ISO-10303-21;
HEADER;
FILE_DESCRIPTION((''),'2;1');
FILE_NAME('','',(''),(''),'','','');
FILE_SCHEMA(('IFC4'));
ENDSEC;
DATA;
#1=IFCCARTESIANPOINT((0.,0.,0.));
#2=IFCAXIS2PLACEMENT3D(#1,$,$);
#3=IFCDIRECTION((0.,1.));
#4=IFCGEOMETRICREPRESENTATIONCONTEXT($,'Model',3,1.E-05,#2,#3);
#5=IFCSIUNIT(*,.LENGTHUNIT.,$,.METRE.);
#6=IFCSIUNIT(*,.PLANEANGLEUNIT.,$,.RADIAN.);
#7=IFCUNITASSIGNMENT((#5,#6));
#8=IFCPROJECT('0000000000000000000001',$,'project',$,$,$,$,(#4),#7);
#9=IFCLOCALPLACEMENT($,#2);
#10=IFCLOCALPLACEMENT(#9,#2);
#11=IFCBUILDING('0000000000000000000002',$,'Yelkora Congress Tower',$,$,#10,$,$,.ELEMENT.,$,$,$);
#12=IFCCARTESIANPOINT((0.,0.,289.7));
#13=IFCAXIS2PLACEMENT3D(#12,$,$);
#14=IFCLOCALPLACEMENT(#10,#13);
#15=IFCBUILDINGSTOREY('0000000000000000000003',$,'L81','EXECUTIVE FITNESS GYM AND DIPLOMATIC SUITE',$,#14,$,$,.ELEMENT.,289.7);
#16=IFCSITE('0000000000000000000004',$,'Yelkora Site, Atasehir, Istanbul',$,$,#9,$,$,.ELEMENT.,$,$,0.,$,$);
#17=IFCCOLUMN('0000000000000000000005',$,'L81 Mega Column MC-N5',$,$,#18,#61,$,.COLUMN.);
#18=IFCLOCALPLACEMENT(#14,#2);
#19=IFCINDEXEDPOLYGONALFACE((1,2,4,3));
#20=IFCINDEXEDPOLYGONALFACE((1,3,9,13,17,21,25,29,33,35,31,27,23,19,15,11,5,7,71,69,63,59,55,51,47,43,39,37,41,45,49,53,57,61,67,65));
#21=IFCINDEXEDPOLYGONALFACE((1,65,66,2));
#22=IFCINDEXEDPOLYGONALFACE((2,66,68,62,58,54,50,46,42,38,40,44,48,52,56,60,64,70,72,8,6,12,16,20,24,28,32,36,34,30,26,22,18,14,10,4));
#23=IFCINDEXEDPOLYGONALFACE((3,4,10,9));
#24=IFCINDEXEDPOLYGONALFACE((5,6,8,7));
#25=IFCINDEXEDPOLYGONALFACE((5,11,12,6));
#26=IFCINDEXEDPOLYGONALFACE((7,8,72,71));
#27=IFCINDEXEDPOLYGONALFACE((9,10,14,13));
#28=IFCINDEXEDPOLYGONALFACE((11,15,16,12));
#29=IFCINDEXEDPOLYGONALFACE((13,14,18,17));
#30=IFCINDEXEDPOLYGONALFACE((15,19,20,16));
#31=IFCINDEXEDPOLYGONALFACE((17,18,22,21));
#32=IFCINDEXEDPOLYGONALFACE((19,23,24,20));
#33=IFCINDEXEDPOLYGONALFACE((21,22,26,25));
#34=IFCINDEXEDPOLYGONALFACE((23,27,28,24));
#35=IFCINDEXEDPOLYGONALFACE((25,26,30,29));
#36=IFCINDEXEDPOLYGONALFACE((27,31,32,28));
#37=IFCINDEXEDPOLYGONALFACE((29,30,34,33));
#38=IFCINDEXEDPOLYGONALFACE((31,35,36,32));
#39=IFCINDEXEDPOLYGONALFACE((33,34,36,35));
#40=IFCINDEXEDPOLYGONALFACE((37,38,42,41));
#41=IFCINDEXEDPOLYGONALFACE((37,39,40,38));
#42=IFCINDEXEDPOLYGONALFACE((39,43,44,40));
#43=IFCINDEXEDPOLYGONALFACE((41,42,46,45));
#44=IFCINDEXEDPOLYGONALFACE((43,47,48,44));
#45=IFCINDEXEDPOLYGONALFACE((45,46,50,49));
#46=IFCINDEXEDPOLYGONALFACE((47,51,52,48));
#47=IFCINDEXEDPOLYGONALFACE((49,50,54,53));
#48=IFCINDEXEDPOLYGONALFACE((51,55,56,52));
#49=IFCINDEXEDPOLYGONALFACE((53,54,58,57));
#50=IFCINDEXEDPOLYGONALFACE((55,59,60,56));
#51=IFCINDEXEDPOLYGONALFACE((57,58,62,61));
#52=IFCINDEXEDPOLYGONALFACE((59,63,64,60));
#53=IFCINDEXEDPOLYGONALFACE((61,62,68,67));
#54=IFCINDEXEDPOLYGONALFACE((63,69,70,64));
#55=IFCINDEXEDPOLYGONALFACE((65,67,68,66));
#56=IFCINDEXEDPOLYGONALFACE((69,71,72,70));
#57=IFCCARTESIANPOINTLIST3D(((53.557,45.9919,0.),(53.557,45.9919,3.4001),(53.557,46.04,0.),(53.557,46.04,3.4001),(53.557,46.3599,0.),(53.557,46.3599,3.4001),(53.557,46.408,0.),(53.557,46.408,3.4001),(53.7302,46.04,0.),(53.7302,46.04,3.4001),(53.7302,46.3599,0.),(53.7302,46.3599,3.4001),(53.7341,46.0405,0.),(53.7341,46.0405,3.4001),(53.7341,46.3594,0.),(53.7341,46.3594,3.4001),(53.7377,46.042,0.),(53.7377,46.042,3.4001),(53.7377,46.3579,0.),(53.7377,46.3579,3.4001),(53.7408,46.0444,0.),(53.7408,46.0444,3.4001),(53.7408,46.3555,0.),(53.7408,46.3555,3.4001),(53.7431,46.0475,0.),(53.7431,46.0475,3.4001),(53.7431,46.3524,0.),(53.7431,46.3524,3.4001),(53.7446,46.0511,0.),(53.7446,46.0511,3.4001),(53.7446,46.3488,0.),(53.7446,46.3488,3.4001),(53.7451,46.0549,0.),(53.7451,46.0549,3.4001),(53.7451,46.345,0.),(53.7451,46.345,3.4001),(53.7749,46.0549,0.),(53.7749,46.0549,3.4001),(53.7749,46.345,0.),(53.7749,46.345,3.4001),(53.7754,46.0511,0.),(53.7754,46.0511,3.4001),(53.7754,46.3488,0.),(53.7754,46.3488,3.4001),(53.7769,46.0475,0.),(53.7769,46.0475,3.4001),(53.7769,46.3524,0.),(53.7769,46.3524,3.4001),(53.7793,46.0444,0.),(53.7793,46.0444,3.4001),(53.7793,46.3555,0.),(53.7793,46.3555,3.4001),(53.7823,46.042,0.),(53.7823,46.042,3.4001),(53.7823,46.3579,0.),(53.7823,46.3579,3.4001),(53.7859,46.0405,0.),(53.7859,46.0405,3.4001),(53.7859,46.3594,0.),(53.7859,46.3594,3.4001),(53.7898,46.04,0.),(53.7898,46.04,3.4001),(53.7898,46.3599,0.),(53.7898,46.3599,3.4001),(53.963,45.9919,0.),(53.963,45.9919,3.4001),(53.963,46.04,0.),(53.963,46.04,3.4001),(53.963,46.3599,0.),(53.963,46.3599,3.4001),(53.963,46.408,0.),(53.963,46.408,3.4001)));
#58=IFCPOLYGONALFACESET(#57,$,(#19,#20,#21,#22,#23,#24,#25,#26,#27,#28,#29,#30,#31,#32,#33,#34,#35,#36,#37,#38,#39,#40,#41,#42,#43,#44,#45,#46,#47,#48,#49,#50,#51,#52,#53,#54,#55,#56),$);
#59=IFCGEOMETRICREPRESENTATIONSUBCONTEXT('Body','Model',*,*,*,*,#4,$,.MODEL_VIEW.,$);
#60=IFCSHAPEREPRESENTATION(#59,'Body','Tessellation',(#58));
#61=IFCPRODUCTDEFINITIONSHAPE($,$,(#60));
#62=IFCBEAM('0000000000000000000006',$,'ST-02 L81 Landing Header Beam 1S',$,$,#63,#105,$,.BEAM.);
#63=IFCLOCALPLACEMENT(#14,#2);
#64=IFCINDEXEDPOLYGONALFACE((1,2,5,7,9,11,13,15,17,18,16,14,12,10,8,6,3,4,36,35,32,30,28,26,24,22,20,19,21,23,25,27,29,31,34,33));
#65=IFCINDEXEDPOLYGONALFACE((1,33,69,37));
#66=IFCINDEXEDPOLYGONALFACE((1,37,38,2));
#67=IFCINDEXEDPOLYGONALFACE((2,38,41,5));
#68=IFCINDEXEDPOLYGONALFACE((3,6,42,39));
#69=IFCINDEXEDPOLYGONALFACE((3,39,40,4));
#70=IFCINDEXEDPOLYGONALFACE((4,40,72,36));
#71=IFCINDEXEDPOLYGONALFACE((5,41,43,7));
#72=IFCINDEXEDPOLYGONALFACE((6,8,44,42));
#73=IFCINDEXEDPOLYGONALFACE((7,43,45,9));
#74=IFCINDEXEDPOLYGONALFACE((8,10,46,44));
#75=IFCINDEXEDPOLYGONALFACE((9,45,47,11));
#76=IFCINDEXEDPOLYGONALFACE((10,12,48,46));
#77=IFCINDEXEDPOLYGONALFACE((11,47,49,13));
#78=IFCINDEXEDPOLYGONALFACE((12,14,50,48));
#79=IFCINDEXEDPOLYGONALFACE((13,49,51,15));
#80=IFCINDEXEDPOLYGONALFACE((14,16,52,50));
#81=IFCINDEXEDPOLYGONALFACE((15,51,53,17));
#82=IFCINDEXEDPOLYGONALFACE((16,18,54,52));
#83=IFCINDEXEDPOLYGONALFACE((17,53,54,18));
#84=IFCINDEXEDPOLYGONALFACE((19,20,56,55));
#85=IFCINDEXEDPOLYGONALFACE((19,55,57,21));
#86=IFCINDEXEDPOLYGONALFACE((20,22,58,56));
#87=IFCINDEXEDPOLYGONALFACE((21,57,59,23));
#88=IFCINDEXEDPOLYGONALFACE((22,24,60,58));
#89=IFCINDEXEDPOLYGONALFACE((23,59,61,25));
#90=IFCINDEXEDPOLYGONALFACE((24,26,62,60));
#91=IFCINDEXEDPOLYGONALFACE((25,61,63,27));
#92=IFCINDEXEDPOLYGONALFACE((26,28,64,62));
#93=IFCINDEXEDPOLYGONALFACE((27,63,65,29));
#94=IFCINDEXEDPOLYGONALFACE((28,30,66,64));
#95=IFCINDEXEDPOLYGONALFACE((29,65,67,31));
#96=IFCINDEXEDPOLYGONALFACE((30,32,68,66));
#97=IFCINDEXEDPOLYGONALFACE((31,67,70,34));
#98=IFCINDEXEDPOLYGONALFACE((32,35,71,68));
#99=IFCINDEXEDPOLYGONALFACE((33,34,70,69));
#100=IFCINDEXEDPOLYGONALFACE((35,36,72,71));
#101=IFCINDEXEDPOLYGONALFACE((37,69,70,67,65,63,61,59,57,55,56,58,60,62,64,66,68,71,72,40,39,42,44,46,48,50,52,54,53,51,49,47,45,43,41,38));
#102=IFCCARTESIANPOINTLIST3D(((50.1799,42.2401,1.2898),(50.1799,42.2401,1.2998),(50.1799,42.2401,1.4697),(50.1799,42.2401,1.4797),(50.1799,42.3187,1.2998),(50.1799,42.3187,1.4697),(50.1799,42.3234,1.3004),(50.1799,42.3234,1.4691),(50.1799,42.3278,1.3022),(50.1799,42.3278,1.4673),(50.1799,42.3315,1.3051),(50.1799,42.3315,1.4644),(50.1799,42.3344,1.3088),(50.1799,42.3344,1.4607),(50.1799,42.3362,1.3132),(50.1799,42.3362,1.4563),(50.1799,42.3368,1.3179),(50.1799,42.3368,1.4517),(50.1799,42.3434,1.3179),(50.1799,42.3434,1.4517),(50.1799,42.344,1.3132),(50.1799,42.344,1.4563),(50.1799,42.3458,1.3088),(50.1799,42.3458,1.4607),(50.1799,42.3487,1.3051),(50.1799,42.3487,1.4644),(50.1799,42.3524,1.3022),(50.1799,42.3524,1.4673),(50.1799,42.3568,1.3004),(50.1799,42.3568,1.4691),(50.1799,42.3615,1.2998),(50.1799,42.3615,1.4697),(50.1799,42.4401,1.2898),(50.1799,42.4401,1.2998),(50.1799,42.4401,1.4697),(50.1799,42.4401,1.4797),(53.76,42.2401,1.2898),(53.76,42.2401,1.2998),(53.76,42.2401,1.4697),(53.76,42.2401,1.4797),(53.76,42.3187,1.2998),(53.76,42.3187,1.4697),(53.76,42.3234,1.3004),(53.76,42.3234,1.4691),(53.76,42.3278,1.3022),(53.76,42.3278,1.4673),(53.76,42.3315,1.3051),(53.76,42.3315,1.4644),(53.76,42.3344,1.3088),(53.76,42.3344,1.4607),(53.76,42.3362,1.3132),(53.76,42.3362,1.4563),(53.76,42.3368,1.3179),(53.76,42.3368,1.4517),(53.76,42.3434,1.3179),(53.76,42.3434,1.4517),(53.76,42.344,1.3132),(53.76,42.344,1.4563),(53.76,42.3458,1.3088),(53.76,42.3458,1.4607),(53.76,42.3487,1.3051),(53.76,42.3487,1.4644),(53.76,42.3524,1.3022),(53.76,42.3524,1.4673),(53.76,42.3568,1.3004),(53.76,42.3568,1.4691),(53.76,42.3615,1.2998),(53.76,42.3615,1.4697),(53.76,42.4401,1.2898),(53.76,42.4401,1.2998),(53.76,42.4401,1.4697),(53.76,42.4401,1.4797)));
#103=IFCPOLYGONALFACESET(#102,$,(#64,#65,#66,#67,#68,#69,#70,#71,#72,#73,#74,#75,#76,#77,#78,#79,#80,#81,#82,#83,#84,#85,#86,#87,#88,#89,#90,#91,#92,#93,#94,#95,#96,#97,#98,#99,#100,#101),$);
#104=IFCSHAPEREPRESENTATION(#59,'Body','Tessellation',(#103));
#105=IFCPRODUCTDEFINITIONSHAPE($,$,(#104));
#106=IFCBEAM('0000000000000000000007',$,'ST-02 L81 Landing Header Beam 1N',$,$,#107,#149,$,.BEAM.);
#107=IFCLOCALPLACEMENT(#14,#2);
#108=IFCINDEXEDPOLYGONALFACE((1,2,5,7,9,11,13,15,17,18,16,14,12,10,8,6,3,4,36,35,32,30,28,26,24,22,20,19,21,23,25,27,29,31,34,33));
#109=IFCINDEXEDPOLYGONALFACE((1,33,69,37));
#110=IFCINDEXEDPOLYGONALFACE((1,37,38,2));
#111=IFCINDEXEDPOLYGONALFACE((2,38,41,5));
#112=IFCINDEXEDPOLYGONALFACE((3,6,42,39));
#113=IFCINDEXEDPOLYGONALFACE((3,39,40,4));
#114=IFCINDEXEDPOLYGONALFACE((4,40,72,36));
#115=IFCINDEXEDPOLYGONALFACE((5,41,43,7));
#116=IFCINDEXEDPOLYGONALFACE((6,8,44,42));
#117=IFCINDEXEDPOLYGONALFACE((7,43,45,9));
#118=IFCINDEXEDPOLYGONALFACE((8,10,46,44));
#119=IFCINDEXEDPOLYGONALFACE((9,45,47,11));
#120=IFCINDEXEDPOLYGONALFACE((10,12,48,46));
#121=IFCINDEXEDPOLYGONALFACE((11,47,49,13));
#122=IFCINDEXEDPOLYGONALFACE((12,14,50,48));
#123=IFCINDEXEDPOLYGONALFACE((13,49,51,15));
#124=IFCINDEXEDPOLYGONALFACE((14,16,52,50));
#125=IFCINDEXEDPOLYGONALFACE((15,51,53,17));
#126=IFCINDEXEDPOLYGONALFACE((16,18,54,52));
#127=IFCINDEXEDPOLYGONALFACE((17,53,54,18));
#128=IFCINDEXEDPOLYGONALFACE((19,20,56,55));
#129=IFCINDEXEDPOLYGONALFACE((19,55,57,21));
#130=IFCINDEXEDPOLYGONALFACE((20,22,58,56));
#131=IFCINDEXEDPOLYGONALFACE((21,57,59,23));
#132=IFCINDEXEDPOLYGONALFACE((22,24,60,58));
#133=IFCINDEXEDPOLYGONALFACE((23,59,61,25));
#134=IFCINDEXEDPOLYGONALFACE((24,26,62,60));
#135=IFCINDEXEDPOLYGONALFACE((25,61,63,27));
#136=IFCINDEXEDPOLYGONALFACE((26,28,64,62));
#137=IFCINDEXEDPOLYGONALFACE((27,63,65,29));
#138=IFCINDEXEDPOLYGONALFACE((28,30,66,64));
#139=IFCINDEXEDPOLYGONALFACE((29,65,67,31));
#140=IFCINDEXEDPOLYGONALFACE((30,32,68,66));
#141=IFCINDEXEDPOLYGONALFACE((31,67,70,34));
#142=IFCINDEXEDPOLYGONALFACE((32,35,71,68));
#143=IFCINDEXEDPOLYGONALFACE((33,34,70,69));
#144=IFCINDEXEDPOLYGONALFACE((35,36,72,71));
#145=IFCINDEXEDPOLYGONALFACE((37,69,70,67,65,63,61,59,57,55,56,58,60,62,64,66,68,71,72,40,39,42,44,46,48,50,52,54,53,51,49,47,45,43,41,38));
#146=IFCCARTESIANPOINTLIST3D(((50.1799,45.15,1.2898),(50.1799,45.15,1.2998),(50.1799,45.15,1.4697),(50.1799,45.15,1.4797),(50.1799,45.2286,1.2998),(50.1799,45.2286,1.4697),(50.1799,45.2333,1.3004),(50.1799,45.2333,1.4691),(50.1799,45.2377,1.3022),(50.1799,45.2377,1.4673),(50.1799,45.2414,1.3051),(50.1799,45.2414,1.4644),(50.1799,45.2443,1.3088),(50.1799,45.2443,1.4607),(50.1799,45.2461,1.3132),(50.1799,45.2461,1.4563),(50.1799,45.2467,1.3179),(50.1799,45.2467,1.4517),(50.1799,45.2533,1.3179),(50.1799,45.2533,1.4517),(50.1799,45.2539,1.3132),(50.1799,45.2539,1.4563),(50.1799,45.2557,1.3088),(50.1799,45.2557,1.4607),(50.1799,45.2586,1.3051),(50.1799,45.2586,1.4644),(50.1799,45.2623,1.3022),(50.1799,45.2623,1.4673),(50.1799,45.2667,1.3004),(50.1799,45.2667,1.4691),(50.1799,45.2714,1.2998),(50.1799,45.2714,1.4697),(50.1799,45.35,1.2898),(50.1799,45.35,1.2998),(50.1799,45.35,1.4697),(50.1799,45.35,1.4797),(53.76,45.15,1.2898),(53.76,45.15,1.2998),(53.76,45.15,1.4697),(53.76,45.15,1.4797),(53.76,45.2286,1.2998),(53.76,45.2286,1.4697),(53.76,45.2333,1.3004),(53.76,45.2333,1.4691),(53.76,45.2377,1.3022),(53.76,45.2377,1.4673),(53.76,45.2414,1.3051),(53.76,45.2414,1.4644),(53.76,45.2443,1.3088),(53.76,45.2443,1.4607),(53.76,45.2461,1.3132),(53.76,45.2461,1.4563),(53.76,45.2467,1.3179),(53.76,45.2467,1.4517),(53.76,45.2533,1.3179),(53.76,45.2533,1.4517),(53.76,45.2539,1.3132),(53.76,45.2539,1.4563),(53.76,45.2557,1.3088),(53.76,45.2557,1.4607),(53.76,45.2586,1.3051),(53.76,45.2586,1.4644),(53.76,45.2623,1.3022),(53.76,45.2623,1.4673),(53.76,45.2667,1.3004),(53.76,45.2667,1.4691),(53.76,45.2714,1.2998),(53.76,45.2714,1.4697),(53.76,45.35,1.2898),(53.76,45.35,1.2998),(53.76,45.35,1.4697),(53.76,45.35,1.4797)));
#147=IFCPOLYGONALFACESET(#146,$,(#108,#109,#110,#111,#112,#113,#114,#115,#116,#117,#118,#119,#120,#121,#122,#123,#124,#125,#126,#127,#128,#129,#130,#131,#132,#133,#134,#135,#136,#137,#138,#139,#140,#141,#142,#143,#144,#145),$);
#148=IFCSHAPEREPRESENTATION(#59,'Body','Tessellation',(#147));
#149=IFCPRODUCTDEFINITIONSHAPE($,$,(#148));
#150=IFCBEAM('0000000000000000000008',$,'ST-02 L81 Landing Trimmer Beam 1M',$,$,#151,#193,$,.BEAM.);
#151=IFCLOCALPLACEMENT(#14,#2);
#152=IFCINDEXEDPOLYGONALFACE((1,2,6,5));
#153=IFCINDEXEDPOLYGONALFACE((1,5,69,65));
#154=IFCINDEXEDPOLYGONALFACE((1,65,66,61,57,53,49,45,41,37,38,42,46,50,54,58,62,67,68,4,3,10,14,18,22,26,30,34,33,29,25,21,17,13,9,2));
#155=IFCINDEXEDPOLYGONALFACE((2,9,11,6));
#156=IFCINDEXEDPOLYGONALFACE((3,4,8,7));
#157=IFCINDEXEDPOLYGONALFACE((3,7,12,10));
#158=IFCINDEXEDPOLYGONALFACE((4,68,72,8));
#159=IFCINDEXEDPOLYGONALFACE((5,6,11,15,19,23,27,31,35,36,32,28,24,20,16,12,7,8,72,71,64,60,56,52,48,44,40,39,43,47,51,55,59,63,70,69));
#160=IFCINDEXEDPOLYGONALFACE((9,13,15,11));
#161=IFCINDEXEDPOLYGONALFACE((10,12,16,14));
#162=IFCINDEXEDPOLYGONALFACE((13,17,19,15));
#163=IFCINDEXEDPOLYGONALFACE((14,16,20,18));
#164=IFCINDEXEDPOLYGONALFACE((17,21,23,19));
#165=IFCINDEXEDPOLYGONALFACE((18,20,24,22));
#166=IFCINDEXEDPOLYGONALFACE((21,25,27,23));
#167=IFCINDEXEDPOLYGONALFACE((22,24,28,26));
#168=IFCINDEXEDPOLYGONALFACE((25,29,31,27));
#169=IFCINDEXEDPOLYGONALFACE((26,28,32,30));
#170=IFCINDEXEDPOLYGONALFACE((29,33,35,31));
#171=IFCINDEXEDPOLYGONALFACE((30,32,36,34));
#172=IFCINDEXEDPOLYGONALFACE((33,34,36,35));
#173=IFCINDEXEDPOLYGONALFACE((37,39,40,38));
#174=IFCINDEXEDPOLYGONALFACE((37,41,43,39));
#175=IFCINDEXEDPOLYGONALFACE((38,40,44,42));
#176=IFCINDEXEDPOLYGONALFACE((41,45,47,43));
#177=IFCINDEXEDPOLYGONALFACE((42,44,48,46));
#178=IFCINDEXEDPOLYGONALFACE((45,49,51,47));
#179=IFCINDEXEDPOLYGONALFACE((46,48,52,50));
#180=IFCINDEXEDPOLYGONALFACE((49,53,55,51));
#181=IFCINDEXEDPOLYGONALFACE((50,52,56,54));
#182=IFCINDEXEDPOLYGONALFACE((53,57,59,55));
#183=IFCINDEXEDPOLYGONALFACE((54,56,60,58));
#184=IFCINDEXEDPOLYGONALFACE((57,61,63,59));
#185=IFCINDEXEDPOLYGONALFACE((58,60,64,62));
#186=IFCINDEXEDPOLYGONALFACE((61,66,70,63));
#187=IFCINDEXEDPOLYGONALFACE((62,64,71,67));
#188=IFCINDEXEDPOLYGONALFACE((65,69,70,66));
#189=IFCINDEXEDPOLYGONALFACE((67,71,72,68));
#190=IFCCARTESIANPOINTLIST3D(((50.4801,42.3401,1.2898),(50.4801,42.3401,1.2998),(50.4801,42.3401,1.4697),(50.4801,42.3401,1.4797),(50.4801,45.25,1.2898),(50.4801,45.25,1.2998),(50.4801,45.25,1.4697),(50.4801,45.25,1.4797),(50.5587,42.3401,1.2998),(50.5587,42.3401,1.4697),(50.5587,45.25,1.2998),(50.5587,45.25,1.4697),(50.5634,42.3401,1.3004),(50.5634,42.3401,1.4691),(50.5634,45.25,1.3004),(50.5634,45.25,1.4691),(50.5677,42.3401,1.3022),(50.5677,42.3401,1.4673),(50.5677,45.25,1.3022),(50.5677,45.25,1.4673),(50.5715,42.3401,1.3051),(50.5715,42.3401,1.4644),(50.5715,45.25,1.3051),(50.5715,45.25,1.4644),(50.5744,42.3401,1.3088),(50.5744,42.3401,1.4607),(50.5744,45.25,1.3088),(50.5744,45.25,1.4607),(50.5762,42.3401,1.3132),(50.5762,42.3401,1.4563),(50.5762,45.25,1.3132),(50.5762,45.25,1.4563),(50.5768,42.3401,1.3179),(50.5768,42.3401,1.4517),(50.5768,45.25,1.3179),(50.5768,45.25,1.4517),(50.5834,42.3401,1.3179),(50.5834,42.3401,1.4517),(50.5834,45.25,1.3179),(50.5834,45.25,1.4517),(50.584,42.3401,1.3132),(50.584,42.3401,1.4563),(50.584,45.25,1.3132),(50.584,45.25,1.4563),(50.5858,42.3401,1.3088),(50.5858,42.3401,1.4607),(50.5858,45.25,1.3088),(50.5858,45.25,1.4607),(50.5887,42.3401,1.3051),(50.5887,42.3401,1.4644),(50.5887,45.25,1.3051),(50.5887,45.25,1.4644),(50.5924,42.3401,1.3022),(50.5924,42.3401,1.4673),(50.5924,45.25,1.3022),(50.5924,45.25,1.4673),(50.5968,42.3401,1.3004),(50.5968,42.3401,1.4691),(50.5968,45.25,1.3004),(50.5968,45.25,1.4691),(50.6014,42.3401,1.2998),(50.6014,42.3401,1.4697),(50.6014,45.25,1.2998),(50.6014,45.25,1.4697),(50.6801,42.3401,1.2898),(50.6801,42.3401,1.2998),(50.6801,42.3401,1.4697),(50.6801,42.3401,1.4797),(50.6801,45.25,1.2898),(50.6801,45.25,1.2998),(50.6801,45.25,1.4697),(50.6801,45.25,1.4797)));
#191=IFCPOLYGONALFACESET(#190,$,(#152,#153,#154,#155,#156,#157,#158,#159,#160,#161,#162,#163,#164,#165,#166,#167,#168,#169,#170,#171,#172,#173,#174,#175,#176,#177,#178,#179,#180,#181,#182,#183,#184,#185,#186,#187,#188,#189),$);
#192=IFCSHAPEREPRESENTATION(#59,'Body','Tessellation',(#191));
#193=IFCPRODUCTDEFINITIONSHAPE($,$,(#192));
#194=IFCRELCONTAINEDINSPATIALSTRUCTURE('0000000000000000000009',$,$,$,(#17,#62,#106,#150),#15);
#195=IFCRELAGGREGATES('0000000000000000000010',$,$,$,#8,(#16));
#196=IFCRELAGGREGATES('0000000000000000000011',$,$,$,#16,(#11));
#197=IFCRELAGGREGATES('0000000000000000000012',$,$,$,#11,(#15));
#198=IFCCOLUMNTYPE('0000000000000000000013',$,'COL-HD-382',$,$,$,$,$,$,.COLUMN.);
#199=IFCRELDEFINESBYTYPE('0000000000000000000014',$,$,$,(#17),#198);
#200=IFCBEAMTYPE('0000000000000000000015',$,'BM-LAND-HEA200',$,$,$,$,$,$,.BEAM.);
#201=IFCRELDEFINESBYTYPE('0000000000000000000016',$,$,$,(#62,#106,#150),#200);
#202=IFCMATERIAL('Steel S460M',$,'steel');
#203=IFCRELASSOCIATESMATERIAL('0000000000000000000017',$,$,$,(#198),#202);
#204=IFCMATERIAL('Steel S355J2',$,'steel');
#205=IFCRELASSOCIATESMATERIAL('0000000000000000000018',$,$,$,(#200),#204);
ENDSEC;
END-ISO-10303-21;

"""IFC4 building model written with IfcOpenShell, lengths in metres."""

from ifc_helpers import new_model, si_unit, direction, frame, origin, origin_2d, place, context, subcontext, project, spatial, i_section, extrude, material, material_profile, profile_set, type_object, element, save


model = new_model("IFC4")

# Units and contexts
model_context = context("Model", 3, precision=1e-05, world=origin(), true_north=direction((0.0, 1.0)))
body_context = subcontext(model_context, "Body", "Model", "MODEL_VIEW")
ifc_project = project(units=[si_unit("LENGTHUNIT", "METRE"), si_unit("PLANEANGLEUNIT", "RADIAN")], contexts=[model_context])

# Site, building, storey
site_placement = place(None, origin())
site = spatial("IfcSite", under=ifc_project, at=site_placement, Name="Yelkora Site, Atasehir, Istanbul", CompositionType="ELEMENT", RefElevation=0.0)
building_placement = place(site_placement, origin())
building = spatial("IfcBuilding", under=site, at=building_placement, Name="Yelkora Congress Tower", CompositionType="ELEMENT")
storey_placement = place(building_placement, frame((0.0, 0.0, 289.7)))
storey = spatial("IfcBuildingStorey", under=building, at=storey_placement, Name="L81", Description="EXECUTIVE FITNESS GYM AND DIPLOMATIC SUITE", CompositionType="ELEMENT", Elevation=289.7)

# Column
ifc_material_1 = material(Name="Steel S460M", Category="steel")
ifc_material_profile_1 = material_profile(ifc_material_1, i_section(OverallWidth=0.406, OverallDepth=0.416, WebThickness=0.0298, FlangeThickness=0.0481, FilletRadius=0.0149, at=origin_2d()), Name="HD 400x382")
ifc_profile_set_1 = profile_set([ifc_material_profile_1], Name="Steel S460M")
column_type = type_object("IfcColumnType", Name="COL-HD-382", PredefinedType="COLUMN", material=ifc_profile_set_1)
column_placement = place(storey_placement, frame((53.76, 46.2, 0.0), z_axis=(0.0, 0.0, 1.0), x_axis=(1.0, 0.0, 0.0)))
element("IfcColumn", 1, at=column_placement, inside=storey, type_object=column_type, Name="L81 Mega Column MC-N5", PredefinedType="COLUMN", context=body_context, shape_type="SweptSolid", body=[
    extrude(i_section(OverallWidth=0.406, OverallDepth=0.416, WebThickness=0.0298, FlangeThickness=0.0481, FilletRadius=0.0149, at=origin_2d()), origin(), (0.0, 0.0, 1.0), 3.4001),
])

# Beams
ifc_material_2 = material(Name="Steel S355J2", Category="steel")
ifc_material_profile_2 = material_profile(ifc_material_2, i_section(OverallWidth=0.2, OverallDepth=0.1899, WebThickness=0.0066, FlangeThickness=0.01, FilletRadius=0.0181, at=origin_2d()), Name="HEA 200")
ifc_profile_set_2 = profile_set([ifc_material_profile_2], Name="Steel S355J2")
beam_type = type_object("IfcBeamType", Name="BM-LAND-HEA200", PredefinedType="BEAM", material=ifc_profile_set_2)
for number, where, z_axis, x_axis, name in (
    (2, (50.1799, 42.3401, 1.3848), (1.0, 0.0, 0.0), (0.0, 1.0, 0.0), "ST-02 L81 Landing Header Beam 1S"),
    (3, (50.1799, 45.25, 1.3848), (1.0, 0.0, 0.0), (0.0, 1.0, 0.0), "ST-02 L81 Landing Header Beam 1N"),
):
    element("IfcBeam", number, at=place(storey_placement, frame(where, z_axis=z_axis, x_axis=x_axis)), inside=storey, type_object=beam_type, Name=name, PredefinedType="BEAM", context=body_context, shape_type="SweptSolid", body=[
        extrude(i_section(OverallWidth=0.2, OverallDepth=0.1899, WebThickness=0.0066, FlangeThickness=0.01, FilletRadius=0.0181, at=origin_2d()), origin(), (0.0, 0.0, 1.0), 3.5801),
    ])
beam_placement = place(storey_placement, frame((50.5801, 42.3401, 1.3848), z_axis=(0.0, 1.0, 0.0), x_axis=(-1.0, 0.0, 0.0)))
element("IfcBeam", 4, at=beam_placement, inside=storey, type_object=beam_type, Name="ST-02 L81 Landing Trimmer Beam 1M", PredefinedType="BEAM", context=body_context, shape_type="SweptSolid", body=[
    extrude(i_section(OverallWidth=0.2, OverallDepth=0.1899, WebThickness=0.0066, FlangeThickness=0.01, FilletRadius=0.0181, at=origin_2d()), origin(), (0.0, 0.0, 1.0), 2.9099),
])

save(model, "model.ifc")
